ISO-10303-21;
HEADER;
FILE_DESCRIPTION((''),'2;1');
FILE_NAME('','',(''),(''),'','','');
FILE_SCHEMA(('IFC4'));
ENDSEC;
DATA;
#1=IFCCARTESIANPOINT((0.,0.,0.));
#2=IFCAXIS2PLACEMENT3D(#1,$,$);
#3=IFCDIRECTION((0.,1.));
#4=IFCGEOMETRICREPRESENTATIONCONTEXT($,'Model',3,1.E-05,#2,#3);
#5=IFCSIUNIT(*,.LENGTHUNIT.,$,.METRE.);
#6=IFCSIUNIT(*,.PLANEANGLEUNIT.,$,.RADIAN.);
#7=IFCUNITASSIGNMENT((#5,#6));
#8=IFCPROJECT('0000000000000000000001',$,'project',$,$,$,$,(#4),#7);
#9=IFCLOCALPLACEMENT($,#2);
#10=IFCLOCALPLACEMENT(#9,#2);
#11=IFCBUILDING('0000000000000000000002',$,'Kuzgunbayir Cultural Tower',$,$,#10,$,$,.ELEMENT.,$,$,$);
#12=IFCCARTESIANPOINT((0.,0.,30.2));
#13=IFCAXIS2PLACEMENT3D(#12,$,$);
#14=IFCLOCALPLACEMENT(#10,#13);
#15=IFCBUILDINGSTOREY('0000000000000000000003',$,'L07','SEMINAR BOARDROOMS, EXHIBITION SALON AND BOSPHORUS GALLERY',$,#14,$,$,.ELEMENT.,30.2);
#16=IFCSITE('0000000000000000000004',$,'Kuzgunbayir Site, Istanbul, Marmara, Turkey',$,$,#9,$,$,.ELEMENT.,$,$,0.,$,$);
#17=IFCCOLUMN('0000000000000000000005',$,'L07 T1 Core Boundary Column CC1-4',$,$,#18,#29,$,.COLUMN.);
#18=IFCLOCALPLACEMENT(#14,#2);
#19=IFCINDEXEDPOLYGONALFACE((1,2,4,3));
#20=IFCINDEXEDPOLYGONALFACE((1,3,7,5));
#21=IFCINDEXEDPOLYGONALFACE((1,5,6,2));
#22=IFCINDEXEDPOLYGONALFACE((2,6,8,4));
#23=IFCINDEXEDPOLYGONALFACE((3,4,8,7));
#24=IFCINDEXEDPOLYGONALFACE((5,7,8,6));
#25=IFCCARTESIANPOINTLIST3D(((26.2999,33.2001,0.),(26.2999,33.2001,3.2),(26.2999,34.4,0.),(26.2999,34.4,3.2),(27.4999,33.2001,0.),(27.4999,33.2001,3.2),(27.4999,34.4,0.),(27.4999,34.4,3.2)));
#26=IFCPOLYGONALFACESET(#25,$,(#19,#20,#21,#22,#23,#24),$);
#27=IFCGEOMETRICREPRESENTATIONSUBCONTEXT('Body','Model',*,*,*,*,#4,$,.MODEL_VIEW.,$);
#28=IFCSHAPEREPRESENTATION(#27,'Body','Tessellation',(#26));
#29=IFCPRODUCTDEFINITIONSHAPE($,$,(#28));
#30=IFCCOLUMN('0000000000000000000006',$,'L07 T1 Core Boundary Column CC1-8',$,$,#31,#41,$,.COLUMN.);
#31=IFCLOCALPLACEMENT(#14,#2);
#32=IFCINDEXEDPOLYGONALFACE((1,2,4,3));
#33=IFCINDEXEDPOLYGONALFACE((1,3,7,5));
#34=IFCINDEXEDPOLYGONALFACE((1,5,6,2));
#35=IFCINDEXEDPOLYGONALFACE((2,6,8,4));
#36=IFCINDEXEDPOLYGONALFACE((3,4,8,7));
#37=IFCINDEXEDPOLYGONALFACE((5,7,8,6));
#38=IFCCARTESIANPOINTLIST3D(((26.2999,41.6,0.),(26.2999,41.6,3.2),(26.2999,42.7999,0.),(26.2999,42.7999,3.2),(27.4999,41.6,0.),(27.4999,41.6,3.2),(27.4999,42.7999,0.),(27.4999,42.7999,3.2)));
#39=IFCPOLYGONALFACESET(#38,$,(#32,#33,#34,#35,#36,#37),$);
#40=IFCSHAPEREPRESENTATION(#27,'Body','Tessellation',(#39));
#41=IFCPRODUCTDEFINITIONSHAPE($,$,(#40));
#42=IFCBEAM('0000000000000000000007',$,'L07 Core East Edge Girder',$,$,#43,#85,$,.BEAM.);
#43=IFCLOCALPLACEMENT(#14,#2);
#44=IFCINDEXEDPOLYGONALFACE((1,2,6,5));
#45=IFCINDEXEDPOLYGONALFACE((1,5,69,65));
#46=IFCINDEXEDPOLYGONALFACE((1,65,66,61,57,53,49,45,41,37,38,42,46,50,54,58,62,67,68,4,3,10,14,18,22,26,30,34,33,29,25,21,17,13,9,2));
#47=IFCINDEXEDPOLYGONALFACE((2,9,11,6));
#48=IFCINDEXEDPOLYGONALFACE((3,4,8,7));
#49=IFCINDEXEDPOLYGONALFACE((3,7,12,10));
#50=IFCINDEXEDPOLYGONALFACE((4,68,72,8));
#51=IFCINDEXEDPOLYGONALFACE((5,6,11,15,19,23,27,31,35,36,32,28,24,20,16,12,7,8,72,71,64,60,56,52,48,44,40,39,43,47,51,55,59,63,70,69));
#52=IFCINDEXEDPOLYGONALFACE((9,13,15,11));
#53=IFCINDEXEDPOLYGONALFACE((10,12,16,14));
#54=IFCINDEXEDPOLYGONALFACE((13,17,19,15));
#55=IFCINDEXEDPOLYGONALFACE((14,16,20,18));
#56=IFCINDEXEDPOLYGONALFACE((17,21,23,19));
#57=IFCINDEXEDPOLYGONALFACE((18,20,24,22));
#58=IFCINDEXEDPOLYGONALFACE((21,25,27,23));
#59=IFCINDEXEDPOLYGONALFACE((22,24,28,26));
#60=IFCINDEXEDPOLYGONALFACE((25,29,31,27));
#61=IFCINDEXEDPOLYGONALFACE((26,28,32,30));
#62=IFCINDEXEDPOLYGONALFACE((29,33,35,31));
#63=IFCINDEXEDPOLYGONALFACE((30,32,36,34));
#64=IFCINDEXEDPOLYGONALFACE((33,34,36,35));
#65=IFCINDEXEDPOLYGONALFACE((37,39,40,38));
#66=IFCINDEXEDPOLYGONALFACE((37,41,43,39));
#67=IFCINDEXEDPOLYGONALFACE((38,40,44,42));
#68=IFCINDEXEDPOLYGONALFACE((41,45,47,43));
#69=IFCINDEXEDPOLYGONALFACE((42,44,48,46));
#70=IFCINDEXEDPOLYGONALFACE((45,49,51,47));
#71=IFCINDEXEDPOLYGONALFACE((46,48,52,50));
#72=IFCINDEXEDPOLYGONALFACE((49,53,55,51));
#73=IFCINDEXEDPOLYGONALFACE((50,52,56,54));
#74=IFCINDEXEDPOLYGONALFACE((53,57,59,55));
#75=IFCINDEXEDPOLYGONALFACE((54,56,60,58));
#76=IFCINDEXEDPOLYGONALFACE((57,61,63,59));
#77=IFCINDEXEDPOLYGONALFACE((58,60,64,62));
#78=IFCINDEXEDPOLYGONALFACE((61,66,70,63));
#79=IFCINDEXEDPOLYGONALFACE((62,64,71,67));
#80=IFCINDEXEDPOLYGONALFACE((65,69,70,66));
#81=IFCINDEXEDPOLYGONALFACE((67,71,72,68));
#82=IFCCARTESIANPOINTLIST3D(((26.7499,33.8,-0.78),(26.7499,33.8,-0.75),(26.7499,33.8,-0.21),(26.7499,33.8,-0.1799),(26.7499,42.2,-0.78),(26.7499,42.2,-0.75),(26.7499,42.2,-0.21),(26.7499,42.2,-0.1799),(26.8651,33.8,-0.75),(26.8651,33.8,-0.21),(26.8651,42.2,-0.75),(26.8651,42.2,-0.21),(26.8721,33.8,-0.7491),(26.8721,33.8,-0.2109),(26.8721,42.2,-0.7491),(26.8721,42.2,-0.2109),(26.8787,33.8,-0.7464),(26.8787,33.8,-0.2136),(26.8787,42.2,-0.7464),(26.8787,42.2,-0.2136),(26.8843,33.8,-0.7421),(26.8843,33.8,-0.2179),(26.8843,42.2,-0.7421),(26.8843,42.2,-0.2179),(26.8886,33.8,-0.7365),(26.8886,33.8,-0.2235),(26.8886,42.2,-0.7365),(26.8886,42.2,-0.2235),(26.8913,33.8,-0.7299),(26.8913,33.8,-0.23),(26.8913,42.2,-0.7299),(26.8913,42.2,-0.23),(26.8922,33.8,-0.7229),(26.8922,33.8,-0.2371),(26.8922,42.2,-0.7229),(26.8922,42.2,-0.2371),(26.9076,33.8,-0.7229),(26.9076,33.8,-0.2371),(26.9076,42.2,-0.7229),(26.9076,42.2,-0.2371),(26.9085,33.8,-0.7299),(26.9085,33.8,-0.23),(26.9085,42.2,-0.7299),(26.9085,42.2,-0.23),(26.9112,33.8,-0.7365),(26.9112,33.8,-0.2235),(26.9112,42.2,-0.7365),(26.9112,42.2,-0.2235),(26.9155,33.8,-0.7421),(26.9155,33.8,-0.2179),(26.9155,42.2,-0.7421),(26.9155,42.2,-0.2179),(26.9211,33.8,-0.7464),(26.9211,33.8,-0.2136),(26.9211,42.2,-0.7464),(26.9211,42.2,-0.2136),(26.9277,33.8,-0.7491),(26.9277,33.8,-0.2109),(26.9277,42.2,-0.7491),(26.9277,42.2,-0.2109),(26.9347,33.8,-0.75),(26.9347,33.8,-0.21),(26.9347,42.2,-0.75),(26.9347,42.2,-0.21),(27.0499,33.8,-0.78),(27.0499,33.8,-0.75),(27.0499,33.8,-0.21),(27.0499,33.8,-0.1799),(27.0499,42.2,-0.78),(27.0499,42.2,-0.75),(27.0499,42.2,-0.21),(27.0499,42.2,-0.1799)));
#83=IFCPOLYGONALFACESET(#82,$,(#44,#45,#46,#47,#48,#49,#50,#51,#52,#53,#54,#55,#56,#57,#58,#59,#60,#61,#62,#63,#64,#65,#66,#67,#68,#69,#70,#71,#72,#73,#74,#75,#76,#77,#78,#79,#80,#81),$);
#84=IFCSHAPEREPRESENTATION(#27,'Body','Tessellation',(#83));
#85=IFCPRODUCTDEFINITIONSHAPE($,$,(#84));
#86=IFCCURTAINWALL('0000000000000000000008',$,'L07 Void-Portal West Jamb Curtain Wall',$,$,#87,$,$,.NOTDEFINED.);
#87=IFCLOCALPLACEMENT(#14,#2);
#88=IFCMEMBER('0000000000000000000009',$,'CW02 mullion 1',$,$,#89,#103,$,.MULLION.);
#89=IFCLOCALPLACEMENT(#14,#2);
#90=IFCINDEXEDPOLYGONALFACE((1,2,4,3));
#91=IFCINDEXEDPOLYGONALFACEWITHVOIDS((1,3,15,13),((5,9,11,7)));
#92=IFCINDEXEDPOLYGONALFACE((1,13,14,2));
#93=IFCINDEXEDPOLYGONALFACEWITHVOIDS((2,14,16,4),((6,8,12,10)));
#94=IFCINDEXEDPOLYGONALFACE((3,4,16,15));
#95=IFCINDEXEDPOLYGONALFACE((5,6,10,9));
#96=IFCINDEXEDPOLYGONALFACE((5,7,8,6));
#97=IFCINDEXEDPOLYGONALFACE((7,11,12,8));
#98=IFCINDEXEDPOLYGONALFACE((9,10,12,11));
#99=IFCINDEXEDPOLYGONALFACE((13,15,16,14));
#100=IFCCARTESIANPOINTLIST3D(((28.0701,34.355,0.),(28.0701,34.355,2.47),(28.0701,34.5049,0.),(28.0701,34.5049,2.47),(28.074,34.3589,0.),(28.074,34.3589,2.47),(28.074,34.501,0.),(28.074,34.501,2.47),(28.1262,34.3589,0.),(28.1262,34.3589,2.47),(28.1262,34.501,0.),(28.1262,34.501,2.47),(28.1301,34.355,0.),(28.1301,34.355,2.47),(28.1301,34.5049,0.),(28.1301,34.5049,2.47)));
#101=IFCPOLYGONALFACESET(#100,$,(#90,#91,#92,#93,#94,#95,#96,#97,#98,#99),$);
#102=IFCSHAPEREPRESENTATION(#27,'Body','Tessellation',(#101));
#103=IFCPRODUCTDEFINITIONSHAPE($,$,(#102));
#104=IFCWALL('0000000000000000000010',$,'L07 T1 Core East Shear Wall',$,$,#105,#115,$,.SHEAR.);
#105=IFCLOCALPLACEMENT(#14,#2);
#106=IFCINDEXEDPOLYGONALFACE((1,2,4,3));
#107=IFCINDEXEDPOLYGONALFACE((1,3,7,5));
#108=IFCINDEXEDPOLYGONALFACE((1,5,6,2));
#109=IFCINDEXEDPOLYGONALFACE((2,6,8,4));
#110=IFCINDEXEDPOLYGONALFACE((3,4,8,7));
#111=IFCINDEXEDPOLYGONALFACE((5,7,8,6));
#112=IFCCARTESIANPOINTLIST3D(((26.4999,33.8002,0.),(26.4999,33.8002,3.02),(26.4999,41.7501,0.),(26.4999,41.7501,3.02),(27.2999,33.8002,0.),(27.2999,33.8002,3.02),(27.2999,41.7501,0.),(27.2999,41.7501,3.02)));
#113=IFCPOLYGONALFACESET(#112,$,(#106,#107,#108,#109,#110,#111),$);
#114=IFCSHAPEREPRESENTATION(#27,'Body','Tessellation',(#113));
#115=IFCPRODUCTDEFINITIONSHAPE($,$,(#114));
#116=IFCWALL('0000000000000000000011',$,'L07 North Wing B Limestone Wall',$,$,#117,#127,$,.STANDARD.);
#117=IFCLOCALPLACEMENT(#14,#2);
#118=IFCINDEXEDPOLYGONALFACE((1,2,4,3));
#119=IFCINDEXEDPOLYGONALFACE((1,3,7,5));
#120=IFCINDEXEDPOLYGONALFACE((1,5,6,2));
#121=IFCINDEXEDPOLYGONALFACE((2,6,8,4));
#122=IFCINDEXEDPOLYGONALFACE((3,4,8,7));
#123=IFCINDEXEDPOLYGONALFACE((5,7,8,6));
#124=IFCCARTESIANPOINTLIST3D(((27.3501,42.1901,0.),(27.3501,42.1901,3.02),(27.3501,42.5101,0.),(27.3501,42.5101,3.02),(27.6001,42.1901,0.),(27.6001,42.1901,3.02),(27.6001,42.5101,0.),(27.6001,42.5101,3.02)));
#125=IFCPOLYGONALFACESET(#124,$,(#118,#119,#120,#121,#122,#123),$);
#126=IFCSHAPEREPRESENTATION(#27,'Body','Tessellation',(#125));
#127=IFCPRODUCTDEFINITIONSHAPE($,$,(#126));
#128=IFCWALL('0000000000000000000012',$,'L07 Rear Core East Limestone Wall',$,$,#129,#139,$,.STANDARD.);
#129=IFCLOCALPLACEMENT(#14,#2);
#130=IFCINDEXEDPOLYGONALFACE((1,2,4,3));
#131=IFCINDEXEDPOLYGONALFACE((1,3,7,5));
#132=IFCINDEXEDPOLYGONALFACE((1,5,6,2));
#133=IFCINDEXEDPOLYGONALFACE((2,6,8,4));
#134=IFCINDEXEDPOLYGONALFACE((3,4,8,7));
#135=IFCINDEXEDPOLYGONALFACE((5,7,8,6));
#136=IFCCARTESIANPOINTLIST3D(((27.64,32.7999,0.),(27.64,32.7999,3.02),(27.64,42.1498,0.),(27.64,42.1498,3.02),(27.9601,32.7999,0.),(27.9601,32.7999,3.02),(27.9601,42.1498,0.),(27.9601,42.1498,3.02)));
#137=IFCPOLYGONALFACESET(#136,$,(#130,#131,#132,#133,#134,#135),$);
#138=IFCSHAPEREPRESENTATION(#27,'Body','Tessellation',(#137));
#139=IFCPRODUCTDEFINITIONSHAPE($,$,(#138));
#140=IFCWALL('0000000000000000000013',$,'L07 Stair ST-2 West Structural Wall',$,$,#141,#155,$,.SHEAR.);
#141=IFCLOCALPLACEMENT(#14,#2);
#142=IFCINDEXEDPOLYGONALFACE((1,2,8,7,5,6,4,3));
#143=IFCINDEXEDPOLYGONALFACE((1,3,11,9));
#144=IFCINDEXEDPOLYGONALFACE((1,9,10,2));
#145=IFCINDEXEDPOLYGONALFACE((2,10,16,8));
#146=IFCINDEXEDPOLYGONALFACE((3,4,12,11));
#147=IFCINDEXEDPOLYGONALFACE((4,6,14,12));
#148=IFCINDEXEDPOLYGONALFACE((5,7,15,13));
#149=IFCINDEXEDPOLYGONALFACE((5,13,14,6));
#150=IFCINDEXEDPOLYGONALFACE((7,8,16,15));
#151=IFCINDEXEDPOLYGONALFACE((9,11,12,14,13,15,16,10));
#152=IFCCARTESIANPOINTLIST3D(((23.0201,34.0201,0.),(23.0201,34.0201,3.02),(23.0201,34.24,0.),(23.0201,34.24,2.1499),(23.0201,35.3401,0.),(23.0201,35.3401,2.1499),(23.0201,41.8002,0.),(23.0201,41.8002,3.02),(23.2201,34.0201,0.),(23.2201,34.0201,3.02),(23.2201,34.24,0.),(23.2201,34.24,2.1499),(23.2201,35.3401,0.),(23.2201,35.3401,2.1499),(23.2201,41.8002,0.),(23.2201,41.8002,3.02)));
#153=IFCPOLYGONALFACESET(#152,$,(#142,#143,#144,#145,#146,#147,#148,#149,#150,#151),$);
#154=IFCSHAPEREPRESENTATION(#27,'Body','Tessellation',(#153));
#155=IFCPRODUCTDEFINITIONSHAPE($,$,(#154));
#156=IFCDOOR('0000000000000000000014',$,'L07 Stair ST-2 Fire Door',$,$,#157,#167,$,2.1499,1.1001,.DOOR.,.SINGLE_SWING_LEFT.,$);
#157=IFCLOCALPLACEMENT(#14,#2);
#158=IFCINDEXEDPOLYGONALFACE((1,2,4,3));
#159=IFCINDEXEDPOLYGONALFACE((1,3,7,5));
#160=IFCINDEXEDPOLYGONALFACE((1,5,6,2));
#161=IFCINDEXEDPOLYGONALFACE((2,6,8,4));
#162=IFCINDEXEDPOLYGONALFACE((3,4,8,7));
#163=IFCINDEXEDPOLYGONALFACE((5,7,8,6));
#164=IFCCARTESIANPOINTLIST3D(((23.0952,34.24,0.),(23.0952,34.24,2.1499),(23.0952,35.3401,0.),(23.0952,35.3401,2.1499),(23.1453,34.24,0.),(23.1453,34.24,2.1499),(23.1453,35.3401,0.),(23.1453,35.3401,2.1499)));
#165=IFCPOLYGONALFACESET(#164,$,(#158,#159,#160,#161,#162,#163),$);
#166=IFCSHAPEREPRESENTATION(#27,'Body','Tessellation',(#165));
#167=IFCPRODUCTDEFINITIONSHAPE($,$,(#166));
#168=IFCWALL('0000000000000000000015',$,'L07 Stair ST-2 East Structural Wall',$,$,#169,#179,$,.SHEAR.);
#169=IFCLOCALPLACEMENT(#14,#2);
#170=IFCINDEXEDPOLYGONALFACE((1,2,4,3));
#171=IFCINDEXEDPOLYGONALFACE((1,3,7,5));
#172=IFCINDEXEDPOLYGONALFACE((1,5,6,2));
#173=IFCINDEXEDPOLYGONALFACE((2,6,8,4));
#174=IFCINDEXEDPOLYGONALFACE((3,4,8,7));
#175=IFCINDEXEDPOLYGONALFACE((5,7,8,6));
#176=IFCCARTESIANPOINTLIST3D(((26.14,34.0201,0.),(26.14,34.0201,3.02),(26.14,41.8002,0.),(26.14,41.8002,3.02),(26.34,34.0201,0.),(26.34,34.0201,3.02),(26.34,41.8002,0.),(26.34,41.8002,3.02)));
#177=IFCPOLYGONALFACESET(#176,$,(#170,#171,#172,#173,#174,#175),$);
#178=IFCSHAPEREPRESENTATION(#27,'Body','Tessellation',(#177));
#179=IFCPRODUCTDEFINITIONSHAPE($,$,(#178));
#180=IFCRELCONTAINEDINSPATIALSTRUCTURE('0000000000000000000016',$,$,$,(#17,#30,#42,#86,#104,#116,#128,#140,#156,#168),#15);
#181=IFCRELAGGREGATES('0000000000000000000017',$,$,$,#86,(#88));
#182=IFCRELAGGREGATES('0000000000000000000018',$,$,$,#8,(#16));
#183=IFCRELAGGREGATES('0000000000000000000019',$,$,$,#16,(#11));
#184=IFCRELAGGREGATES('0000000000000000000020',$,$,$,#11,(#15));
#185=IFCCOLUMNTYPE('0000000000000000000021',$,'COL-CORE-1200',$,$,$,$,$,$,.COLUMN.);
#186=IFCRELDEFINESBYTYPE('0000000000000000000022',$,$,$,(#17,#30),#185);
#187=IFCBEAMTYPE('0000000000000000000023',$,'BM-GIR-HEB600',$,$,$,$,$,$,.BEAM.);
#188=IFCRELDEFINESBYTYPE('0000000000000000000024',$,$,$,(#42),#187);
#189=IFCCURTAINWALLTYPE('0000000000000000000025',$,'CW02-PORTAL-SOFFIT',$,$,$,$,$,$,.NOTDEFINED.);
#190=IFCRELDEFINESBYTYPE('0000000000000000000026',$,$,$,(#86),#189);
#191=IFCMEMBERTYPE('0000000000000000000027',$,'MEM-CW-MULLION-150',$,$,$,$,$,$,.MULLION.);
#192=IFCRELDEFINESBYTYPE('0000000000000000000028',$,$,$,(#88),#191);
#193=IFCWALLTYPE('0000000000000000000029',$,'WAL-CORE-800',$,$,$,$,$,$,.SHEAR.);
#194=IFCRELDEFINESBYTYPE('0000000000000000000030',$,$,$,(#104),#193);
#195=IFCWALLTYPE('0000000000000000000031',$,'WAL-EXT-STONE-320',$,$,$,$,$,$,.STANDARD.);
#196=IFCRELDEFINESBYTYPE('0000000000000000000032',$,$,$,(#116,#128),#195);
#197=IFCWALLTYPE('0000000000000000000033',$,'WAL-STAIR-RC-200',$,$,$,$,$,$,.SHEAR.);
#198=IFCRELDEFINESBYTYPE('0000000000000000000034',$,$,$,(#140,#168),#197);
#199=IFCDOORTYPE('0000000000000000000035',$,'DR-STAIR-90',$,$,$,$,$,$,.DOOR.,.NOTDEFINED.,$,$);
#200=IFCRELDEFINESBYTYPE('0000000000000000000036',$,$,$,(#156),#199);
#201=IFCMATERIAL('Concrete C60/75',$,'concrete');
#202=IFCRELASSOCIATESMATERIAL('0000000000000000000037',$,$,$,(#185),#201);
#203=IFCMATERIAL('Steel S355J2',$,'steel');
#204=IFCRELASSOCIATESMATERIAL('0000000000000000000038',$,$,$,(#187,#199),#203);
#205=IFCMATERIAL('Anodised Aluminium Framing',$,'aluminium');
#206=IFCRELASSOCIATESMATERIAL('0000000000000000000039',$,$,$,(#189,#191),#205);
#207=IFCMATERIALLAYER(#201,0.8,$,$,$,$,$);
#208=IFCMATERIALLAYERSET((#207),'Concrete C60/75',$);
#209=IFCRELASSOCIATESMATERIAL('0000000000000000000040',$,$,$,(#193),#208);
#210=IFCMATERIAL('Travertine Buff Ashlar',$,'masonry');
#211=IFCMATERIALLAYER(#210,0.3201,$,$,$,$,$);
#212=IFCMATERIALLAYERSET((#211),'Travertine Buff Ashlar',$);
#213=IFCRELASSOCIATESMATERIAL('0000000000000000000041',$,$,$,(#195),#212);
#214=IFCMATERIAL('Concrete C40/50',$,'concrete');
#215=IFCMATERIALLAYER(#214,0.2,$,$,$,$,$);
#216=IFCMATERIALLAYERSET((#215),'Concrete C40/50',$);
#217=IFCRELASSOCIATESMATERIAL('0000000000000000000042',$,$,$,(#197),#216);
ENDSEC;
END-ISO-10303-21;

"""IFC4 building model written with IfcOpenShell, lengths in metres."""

from ifc_helpers import new_model, si_unit, direction, frame, frame_2d, origin, origin_2d, place, context, subcontext, project, spatial, rectangle, hollow_rectangle, i_section, extrude, material, layer, layer_set, material_profile, profile_set, type_object, element, fill, aggregate, save


model = new_model("IFC4")

# Units and contexts
model_context = context("Model", 3, precision=1e-05, world=origin(), true_north=direction((0.0, 1.0)))
body_context = subcontext(model_context, "Body", "Model", "MODEL_VIEW")
ifc_project = project(units=[si_unit("LENGTHUNIT", "METRE"), si_unit("PLANEANGLEUNIT", "RADIAN")], contexts=[model_context])

# Site, building, storey
site_placement = place(None, origin())
site = spatial("IfcSite", under=ifc_project, at=site_placement, Name="Kuzgunbayir Site, Istanbul, Marmara, Turkey", CompositionType="ELEMENT", RefElevation=0.0)
building_placement = place(site_placement, origin())
building = spatial("IfcBuilding", under=site, at=building_placement, Name="Kuzgunbayir Cultural Tower", CompositionType="ELEMENT")
storey_placement = place(building_placement, frame((0.0, 0.0, 30.2)))
storey = spatial("IfcBuildingStorey", under=building, at=storey_placement, Name="L07", Description="SEMINAR BOARDROOMS, EXHIBITION SALON AND BOSPHORUS GALLERY", CompositionType="ELEMENT", Elevation=30.2)

# Columns
ifc_material_1 = material(Name="Concrete C60/75", Category="concrete")
ifc_material_profile_1 = material_profile(ifc_material_1, rectangle(XDim=1.2, YDim=1.2, at=origin_2d()), Name="RC 1200x1200")
ifc_profile_set_1 = profile_set([ifc_material_profile_1], Name="Concrete C60/75")
column_type = type_object("IfcColumnType", Name="COL-CORE-1200", PredefinedType="COLUMN", material=ifc_profile_set_1)
for number, where, z_axis, x_axis, name in (
    (1, (26.8999, 33.8, 0.0), (0.0, 0.0, 1.0), (1.0, 0.0, 0.0), "L07 T1 Core Boundary Column CC1-4"),
    (2, (26.8999, 42.2, 0.0), (0.0, 0.0, 1.0), (1.0, 0.0, 0.0), "L07 T1 Core Boundary Column CC1-8"),
):
    element("IfcColumn", number, at=place(storey_placement, frame(where, z_axis=z_axis, x_axis=x_axis)), inside=storey, type_object=column_type, Name=name, PredefinedType="COLUMN", context=body_context, shape_type="SweptSolid", body=[
        extrude(rectangle(XDim=1.2, YDim=1.2, at=origin_2d()), origin(), (0.0, 0.0, 1.0), 3.2),
    ])

# Beam
ifc_material_2 = material(Name="Steel S355J2", Category="steel")
ifc_material_profile_2 = material_profile(ifc_material_2, i_section(OverallWidth=0.3, OverallDepth=0.6001, WebThickness=0.0154, FlangeThickness=0.03, FilletRadius=0.0271, at=origin_2d()), Name="HEB 600")
ifc_profile_set_2 = profile_set([ifc_material_profile_2], Name="Steel S355J2")
beam_type = type_object("IfcBeamType", Name="BM-GIR-HEB600", PredefinedType="BEAM", material=ifc_profile_set_2)
beam_placement = place(storey_placement, frame((26.8999, 33.8, -0.48), z_axis=(0.0, 1.0, 0.0), x_axis=(-1.0, 0.0, 0.0)))
element("IfcBeam", 3, at=beam_placement, inside=storey, type_object=beam_type, Name="L07 Core East Edge Girder", PredefinedType="BEAM", context=body_context, shape_type="SweptSolid", body=[
    extrude(i_section(OverallWidth=0.3, OverallDepth=0.6001, WebThickness=0.0154, FlangeThickness=0.03, FilletRadius=0.0271, at=origin_2d()), origin(), (0.0, 0.0, 1.0), 8.3999),
])

# Curtain wall, member
ifc_material_3 = material(Name="Anodised Aluminium Framing", Category="aluminium")
curtain_wall_type = type_object("IfcCurtainWallType", Name="CW02-PORTAL-SOFFIT", PredefinedType="NOTDEFINED", material=ifc_material_3)
curtain_wall_placement = place(storey_placement, origin())
curtain_wall = element("IfcCurtainWall", 4, at=curtain_wall_placement, inside=storey, type_object=curtain_wall_type, Name="L07 Void-Portal West Jamb Curtain Wall", PredefinedType="NOTDEFINED")
ifc_material_profile_3 = material_profile(ifc_material_3, hollow_rectangle(XDim=0.0601, YDim=0.1499, WallThickness=0.0039, at=origin_2d()), Name="RHS 150x60x4")
ifc_profile_set_3 = profile_set([ifc_material_profile_3], Name="Anodised Aluminium Framing")
member_type = type_object("IfcMemberType", Name="MEM-CW-MULLION-150", PredefinedType="MULLION", material=ifc_profile_set_3)
member_placement = place(storey_placement, frame((28.1001, 34.4299, 0.0), z_axis=(0.0, 0.0, 1.0), x_axis=(-1.0, 0.0, 0.0)))
member = element("IfcMember", 5, at=member_placement, type_object=member_type, Name="CW02 mullion 1", PredefinedType="MULLION", context=body_context, shape_type="SweptSolid", body=[
    extrude(hollow_rectangle(XDim=0.0601, YDim=0.1499, WallThickness=0.0039, at=origin_2d()), origin(), (0.0, 0.0, 1.0), 2.47),
])
aggregate(curtain_wall, [member])

# Walls
ifc_layer_1 = layer(ifc_material_1, 0.8)
ifc_layer_set_1 = layer_set([ifc_layer_1], Name="Concrete C60/75")
wall_type_1 = type_object("IfcWallType", Name="WAL-CORE-800", PredefinedType="SHEAR", material=ifc_layer_set_1)
wall_1_placement = place(storey_placement, frame((26.8999, 33.8, 0.0), z_axis=(0.0, 0.0, 1.0), x_axis=(0.0, 1.0, 0.0)))
element("IfcWall", 6, at=wall_1_placement, inside=storey, type_object=wall_type_1, Name="L07 T1 Core East Shear Wall", PredefinedType="SHEAR", context=body_context, shape_type="SweptSolid", body=[
    extrude(rectangle(XDim=7.95, YDim=0.8, at=frame_2d((3.9751, 0.0))), origin(), (0.0, 0.0, 1.0), 3.02),
])
ifc_material_4 = material(Name="Travertine Buff Ashlar", Category="masonry")
ifc_layer_2 = layer(ifc_material_4, 0.3201)
ifc_layer_set_2 = layer_set([ifc_layer_2], Name="Travertine Buff Ashlar")
wall_type_2 = type_object("IfcWallType", Name="WAL-EXT-STONE-320", PredefinedType="STANDARD", material=ifc_layer_set_2)
wall_2_placement = place(storey_placement, frame((27.6001, 42.3501, 0.0), z_axis=(0.0, 0.0, 1.0), x_axis=(-1.0, 0.0, 0.0)))
element("IfcWall", 7, at=wall_2_placement, inside=storey, type_object=wall_type_2, Name="L07 North Wing B Limestone Wall", PredefinedType="STANDARD", context=body_context, shape_type="SweptSolid", body=[
    extrude(rectangle(XDim=0.25, YDim=0.3201, at=frame_2d((0.125, 0.0))), origin(), (0.0, 0.0, 1.0), 3.02),
])
wall_3_placement = place(storey_placement, frame((27.8, 32.8, 0.0), z_axis=(0.0, 0.0, 1.0), x_axis=(0.0, 1.0, 0.0)))
element("IfcWall", 8, at=wall_3_placement, inside=storey, type_object=wall_type_2, Name="L07 Rear Core East Limestone Wall", PredefinedType="STANDARD", context=body_context, shape_type="SweptSolid", body=[
    extrude(rectangle(XDim=9.3499, YDim=0.3201, at=frame_2d((4.6748, 0.0))), origin(), (0.0, 0.0, 1.0), 3.02),
])

# Wall, opening, door
ifc_material_5 = material(Name="Concrete C40/50", Category="concrete")
ifc_layer_3 = layer(ifc_material_5, 0.2)
ifc_layer_set_3 = layer_set([ifc_layer_3], Name="Concrete C40/50")
wall_type_3 = type_object("IfcWallType", Name="WAL-STAIR-RC-200", PredefinedType="SHEAR", material=ifc_layer_set_3)
wall_4_placement = place(storey_placement, frame((23.1201, 34.02, 0.0), z_axis=(0.0, 0.0, 1.0), x_axis=(0.0, 1.0, 0.0)))
wall_4 = element("IfcWall", 9, at=wall_4_placement, inside=storey, type_object=wall_type_3, Name="L07 Stair ST-2 West Structural Wall", PredefinedType="SHEAR", context=body_context, shape_type="SweptSolid", body=[
    extrude(rectangle(XDim=7.78, YDim=0.2, at=frame_2d((3.8901, 0.0))), origin(), (0.0, 0.0, 1.0), 3.02),
])
opening_placement = place(wall_4_placement, frame((0.22, 0.0, 0.0)))
opening = element("IfcOpeningElement", 10, at=opening_placement, cuts=wall_4, PredefinedType="OPENING", context=body_context, shape_type="SweptSolid", body=[
    extrude(rectangle(XDim=1.1001, YDim=2.1499, at=frame_2d((0.55, 1.075))), frame((0.0, 0.1099, 0.0), z_axis=(0.0, -1.0, 0.0), x_axis=(1.0, 0.0, 0.0)), (0.0, 0.0, 1.0), 0.22),
])
door_type = type_object("IfcDoorType", Name="DR-STAIR-90", OperationType="NOTDEFINED", PredefinedType="DOOR", material=ifc_material_2)
door_placement = place(opening_placement, origin())
door = element("IfcDoor", 11, at=door_placement, inside=storey, type_object=door_type, Name="L07 Stair ST-2 Fire Door", OperationType="SINGLE_SWING_LEFT", OverallHeight=2.1499, OverallWidth=1.1001, PredefinedType="DOOR", context=body_context, shape_type="SweptSolid", body=[
    extrude(rectangle(XDim=1.1001, YDim=2.1499, at=frame_2d((0.55, 1.075))), frame((0.0, 0.0249, 0.0), z_axis=(0.0, -1.0, 0.0), x_axis=(1.0, 0.0, 0.0)), (0.0, 0.0, 1.0), 0.05),
])
fill(opening, door)

# Wall
wall_5_placement = place(storey_placement, frame((26.24, 34.02, 0.0), z_axis=(0.0, 0.0, 1.0), x_axis=(0.0, 1.0, 0.0)))
element("IfcWall", 12, at=wall_5_placement, inside=storey, type_object=wall_type_3, Name="L07 Stair ST-2 East Structural Wall", PredefinedType="SHEAR", context=body_context, shape_type="SweptSolid", body=[
    extrude(rectangle(XDim=7.78, YDim=0.2, at=frame_2d((3.8901, 0.0))), origin(), (0.0, 0.0, 1.0), 3.02),
])

save(model, "model.ifc")
